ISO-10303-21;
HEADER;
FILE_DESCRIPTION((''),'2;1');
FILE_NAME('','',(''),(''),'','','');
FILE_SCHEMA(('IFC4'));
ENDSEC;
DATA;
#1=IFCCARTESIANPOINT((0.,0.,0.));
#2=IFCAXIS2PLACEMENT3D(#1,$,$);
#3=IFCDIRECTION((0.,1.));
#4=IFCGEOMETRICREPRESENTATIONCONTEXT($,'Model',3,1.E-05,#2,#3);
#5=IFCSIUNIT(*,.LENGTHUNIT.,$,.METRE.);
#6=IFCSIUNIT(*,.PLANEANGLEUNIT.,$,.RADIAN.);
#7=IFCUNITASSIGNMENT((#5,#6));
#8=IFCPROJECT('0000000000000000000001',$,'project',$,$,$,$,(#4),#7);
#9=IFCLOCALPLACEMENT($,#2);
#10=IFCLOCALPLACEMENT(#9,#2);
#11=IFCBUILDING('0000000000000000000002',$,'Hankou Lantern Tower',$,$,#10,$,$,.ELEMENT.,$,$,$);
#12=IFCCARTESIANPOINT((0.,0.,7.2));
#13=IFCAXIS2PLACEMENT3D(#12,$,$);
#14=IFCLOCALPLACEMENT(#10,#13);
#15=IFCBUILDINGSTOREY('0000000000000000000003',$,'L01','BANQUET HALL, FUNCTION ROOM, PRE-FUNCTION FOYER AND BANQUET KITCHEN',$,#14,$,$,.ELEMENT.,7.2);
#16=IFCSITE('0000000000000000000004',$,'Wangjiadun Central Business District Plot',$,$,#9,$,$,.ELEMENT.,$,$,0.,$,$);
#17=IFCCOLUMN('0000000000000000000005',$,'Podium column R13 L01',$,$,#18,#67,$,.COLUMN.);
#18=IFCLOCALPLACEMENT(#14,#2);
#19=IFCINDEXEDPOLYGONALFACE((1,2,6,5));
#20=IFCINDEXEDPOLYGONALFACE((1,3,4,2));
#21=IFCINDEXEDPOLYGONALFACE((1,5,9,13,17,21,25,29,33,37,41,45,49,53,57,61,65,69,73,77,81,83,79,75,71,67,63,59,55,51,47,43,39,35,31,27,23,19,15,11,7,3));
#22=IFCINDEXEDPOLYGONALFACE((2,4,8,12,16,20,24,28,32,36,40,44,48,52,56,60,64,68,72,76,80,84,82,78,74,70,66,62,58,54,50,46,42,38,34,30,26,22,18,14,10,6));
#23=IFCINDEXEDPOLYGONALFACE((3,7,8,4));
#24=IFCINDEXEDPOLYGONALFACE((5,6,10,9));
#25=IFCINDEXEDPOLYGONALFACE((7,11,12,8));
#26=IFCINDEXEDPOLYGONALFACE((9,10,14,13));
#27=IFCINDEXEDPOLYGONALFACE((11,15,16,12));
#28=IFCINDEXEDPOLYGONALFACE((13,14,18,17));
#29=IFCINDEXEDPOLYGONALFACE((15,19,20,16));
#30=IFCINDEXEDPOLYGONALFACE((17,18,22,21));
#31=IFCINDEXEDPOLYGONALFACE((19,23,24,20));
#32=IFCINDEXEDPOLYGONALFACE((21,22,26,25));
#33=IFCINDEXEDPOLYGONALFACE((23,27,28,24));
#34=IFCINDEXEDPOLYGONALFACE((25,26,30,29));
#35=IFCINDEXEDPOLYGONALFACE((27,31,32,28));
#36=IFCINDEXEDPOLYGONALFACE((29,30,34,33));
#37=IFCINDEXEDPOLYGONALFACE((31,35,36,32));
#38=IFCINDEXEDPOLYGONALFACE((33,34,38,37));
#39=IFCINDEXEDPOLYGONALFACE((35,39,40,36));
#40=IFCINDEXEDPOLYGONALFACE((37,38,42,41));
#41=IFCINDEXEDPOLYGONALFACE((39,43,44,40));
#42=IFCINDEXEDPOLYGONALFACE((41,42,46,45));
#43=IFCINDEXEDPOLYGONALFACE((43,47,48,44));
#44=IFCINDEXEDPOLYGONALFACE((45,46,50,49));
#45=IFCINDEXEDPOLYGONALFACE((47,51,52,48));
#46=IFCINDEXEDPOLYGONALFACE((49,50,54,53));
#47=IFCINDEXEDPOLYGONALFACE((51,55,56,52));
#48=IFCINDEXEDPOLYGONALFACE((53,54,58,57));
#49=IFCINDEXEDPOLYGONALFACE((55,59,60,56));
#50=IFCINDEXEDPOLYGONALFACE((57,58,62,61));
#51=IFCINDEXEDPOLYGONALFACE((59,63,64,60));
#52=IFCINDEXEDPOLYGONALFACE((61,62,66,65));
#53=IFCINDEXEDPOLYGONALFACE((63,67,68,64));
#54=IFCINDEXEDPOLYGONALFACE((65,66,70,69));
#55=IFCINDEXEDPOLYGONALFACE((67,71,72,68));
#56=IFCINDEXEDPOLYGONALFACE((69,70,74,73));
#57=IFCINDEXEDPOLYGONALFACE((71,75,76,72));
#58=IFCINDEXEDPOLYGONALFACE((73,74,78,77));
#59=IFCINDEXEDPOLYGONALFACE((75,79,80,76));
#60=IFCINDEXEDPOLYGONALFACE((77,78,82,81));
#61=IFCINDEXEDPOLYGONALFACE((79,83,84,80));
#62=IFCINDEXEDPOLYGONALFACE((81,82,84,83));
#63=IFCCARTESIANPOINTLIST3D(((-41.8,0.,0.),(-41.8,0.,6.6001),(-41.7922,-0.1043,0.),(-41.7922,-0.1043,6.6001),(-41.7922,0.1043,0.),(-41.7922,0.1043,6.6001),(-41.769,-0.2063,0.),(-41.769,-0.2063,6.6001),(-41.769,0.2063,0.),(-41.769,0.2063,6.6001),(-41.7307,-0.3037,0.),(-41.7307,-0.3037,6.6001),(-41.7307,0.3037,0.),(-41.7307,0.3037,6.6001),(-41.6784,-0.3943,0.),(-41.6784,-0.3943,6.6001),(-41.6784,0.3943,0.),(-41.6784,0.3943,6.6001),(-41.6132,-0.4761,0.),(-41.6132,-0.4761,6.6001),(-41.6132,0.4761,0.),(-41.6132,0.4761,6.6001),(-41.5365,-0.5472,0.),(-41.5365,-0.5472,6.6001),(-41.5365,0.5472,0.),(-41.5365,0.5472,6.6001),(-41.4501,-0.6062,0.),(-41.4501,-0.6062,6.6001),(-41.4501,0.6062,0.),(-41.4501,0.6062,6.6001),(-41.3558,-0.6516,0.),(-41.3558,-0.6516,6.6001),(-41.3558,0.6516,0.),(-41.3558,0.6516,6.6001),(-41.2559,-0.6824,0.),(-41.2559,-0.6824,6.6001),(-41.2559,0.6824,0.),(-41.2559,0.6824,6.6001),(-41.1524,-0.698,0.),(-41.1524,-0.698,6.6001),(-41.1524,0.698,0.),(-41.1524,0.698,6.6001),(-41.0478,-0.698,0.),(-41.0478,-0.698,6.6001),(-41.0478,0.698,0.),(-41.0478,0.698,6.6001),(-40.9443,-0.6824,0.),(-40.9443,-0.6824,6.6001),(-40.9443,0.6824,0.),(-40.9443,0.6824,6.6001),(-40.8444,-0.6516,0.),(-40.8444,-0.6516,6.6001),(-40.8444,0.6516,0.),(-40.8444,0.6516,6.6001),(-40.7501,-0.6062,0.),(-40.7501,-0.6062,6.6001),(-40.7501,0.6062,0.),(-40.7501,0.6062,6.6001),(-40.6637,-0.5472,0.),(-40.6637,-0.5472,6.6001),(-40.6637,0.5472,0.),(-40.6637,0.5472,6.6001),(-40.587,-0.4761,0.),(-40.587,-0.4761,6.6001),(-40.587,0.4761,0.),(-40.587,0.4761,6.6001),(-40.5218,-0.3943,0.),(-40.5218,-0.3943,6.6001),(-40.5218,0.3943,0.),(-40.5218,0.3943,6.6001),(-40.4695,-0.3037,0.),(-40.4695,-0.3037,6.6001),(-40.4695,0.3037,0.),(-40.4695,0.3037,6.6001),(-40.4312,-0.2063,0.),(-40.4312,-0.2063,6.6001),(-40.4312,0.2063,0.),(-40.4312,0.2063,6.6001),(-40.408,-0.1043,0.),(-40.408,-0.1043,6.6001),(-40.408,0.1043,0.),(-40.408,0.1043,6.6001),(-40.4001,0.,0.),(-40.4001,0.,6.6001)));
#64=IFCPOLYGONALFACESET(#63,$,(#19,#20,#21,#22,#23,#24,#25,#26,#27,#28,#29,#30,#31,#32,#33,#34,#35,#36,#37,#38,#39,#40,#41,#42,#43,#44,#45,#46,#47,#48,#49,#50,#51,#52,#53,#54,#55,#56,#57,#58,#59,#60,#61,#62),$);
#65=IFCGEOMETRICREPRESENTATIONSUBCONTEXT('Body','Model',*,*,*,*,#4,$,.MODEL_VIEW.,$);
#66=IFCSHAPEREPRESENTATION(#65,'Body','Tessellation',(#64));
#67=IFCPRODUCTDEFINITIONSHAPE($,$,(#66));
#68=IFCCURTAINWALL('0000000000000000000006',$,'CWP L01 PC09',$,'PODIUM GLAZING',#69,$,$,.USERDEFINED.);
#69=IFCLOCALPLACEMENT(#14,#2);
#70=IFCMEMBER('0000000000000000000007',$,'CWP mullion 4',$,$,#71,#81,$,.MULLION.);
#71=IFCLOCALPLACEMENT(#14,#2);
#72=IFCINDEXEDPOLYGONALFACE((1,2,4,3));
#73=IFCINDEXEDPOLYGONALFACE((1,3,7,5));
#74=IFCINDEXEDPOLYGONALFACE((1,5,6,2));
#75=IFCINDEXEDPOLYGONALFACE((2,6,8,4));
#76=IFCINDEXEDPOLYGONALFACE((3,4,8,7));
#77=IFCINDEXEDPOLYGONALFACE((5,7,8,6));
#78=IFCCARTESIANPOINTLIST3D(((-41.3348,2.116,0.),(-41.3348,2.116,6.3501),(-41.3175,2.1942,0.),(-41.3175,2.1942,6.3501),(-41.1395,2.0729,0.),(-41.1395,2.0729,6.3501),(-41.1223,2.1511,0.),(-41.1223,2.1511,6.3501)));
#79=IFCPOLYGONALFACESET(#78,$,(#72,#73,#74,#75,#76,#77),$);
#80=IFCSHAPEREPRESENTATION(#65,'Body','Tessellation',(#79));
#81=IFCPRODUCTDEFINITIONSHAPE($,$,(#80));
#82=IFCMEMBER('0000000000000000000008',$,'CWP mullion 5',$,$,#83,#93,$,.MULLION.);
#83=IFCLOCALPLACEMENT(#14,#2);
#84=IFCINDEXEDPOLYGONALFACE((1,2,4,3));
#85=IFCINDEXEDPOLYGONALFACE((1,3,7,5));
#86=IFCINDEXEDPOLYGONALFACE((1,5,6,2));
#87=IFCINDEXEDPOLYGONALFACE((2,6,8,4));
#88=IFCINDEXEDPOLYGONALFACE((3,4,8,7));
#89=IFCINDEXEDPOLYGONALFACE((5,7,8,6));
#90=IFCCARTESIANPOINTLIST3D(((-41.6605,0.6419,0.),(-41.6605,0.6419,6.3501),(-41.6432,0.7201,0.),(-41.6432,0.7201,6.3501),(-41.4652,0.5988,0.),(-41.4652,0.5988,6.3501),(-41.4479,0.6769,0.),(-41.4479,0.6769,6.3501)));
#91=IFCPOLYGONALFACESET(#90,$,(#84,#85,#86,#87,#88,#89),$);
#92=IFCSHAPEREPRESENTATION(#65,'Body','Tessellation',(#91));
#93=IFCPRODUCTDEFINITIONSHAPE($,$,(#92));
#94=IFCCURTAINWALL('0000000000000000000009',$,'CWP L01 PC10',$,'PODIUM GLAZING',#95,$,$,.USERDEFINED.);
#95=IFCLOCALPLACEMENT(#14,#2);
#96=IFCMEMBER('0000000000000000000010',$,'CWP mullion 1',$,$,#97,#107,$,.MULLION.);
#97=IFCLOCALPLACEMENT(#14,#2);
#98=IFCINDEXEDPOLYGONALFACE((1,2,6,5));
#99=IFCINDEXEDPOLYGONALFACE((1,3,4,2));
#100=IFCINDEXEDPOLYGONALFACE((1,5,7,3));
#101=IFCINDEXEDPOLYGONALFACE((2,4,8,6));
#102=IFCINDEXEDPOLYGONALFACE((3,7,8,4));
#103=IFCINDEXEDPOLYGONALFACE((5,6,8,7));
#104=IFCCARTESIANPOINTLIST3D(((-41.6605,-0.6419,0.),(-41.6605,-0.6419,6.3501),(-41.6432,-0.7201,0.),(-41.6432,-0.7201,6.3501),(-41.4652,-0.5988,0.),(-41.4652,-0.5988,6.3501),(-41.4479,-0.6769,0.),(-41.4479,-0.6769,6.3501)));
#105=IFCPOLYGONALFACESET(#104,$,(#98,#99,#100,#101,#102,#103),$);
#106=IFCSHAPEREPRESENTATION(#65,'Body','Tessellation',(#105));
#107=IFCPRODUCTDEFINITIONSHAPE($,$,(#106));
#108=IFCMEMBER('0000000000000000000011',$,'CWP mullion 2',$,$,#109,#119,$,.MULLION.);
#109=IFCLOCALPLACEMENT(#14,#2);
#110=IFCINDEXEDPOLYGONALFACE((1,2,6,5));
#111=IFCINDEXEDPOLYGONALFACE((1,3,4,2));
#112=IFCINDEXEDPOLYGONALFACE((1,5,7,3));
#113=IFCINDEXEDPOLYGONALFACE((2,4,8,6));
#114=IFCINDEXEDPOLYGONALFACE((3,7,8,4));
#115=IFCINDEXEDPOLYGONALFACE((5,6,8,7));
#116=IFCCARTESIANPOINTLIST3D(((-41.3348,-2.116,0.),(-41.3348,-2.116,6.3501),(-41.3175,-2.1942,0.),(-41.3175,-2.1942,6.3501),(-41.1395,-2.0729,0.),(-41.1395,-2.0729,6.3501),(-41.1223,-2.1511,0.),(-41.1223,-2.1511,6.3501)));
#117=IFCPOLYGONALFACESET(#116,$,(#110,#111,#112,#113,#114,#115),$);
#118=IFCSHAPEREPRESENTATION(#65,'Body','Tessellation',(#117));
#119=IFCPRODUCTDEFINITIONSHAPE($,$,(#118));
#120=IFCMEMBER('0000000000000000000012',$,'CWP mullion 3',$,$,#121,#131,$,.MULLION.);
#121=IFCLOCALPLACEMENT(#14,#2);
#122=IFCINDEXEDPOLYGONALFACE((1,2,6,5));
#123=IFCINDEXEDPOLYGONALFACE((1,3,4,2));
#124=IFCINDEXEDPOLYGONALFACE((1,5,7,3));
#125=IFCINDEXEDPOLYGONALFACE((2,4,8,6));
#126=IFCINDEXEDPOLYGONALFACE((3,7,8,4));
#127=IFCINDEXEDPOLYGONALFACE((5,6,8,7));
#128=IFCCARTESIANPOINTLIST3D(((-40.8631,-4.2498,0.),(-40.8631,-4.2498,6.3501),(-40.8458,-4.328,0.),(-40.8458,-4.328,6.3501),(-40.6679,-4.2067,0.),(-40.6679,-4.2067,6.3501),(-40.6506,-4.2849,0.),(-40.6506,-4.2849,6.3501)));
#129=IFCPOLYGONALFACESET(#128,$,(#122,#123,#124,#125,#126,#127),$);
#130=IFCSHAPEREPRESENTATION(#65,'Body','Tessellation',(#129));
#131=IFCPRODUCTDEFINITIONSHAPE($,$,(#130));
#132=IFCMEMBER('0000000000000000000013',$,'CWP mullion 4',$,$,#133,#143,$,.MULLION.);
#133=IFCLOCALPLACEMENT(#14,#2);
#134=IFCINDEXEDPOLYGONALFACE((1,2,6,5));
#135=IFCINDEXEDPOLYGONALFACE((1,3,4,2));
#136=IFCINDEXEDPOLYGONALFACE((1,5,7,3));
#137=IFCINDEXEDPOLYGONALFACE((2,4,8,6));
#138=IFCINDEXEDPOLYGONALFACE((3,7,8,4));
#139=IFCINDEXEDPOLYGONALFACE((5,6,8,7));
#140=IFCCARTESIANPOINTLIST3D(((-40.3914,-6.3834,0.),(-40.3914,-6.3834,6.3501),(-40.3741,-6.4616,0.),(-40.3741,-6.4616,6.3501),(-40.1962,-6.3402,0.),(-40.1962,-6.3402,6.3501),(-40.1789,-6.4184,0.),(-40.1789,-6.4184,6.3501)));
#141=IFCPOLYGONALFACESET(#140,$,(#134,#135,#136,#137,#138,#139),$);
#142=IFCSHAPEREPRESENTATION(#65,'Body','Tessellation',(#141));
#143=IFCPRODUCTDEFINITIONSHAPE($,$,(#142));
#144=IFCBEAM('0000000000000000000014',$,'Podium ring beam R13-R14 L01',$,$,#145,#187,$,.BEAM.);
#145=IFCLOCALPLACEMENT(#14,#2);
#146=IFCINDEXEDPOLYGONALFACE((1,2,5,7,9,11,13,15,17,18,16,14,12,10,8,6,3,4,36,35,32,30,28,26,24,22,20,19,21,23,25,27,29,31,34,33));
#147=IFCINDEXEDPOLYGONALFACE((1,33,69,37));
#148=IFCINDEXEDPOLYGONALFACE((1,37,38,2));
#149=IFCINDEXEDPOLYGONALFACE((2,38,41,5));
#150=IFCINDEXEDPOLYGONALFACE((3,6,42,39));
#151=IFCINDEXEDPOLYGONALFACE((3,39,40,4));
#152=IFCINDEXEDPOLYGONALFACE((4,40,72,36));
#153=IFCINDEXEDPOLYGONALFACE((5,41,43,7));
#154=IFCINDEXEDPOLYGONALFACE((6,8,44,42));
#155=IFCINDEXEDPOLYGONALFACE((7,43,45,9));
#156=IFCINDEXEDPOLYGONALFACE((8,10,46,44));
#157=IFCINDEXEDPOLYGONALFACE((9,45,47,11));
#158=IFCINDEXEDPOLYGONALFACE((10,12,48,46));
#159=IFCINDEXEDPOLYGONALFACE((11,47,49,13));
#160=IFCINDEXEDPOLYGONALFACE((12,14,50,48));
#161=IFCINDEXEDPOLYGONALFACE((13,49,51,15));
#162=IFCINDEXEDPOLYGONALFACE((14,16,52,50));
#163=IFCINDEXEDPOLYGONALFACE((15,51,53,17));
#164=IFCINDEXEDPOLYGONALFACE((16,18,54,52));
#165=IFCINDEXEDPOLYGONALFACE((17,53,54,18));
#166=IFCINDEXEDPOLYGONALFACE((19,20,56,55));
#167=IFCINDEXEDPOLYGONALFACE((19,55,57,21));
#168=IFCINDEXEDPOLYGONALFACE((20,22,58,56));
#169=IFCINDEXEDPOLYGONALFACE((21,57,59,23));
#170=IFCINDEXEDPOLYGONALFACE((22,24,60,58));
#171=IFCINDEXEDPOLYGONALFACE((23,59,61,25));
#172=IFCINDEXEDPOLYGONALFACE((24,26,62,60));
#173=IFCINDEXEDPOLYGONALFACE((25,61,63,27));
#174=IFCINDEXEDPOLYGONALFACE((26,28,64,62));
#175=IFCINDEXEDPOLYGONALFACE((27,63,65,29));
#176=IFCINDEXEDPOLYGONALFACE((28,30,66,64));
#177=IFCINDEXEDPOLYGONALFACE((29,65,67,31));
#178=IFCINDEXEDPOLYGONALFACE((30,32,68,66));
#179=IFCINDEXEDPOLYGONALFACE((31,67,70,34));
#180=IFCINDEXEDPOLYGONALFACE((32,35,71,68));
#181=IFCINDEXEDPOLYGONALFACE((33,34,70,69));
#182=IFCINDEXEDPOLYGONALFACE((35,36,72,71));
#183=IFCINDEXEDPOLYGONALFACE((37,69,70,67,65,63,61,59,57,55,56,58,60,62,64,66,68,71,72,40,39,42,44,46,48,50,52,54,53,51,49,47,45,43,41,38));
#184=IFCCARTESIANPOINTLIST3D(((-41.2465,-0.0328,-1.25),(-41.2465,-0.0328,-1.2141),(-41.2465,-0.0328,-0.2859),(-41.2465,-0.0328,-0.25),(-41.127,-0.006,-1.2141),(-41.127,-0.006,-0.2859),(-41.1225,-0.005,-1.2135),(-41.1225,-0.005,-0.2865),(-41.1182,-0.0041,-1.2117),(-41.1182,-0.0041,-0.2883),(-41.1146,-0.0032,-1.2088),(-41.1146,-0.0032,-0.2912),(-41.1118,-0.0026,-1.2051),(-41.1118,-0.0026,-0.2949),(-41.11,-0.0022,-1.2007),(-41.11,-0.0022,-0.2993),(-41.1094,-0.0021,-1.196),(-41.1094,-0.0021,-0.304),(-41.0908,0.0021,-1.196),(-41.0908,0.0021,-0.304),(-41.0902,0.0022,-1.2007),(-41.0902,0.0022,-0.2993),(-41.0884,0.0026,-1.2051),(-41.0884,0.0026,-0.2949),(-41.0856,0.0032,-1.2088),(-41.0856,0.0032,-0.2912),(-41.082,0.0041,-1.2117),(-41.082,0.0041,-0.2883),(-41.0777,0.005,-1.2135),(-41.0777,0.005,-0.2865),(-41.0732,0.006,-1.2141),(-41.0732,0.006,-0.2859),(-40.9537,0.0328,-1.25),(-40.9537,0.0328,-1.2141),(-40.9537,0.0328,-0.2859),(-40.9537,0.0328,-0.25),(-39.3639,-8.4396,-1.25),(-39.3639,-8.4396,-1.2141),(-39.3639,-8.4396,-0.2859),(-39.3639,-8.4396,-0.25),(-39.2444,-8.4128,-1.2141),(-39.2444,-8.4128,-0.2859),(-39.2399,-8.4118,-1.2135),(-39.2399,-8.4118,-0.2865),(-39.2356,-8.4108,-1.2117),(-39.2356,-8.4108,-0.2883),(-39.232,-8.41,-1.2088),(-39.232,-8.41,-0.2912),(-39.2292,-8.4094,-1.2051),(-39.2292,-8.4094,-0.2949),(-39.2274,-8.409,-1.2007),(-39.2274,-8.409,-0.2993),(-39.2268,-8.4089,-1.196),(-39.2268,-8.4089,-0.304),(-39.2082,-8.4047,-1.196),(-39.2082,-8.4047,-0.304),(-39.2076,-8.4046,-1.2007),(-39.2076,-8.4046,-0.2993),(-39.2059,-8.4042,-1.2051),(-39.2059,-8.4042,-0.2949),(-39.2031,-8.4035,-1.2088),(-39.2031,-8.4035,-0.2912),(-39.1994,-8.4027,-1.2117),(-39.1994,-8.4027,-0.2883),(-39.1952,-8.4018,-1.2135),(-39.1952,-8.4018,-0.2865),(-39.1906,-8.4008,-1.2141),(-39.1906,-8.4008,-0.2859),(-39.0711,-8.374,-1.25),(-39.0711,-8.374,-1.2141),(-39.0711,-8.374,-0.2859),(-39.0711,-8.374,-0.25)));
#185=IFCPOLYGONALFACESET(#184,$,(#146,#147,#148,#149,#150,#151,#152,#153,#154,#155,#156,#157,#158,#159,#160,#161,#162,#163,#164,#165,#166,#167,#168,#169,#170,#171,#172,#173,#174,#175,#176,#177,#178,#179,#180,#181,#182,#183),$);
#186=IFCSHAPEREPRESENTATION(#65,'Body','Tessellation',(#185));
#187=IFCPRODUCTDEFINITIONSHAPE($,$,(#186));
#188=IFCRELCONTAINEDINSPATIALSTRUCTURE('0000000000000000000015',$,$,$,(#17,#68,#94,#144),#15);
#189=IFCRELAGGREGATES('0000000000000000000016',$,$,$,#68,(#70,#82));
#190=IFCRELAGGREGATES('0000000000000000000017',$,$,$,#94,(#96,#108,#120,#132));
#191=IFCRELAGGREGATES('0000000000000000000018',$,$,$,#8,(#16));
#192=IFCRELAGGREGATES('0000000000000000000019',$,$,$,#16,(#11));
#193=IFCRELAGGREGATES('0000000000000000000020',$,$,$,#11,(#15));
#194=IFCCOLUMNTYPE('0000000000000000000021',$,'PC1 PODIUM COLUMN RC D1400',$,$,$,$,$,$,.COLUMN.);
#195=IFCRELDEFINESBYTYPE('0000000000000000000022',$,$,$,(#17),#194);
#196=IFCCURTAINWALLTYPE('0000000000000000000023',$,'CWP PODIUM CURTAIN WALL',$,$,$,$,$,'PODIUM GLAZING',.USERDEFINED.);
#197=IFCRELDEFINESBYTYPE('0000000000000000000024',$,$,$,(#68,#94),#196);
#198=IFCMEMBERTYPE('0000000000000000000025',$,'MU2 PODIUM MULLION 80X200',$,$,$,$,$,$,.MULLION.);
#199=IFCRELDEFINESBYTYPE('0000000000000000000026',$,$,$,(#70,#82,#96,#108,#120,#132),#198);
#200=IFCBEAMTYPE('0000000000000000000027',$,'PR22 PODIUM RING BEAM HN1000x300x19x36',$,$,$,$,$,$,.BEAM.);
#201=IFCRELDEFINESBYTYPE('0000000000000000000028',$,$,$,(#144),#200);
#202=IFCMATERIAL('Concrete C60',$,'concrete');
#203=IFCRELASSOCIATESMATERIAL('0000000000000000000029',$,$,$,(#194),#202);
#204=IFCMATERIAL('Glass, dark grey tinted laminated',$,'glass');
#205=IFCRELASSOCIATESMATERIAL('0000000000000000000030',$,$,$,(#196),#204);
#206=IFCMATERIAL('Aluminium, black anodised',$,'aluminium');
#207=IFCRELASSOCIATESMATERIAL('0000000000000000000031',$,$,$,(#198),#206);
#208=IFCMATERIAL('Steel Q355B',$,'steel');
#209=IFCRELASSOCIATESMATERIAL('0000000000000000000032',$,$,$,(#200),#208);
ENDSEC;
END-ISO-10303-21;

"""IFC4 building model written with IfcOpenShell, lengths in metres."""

from ifc_helpers import new_model, si_unit, direction, frame, origin, origin_2d, place, context, subcontext, project, spatial, rectangle, circle, i_section, extrude, material, material_profile, profile_set, type_object, element, aggregate, save


model = new_model("IFC4")

# Units and contexts
model_context = context("Model", 3, precision=1e-05, world=origin(), true_north=direction((0.0, 1.0)))
body_context = subcontext(model_context, "Body", "Model", "MODEL_VIEW")
ifc_project = project(units=[si_unit("LENGTHUNIT", "METRE"), si_unit("PLANEANGLEUNIT", "RADIAN")], contexts=[model_context])

# Site, building, storey
site_placement = place(None, origin())
site = spatial("IfcSite", under=ifc_project, at=site_placement, Name="Wangjiadun Central Business District Plot", CompositionType="ELEMENT", RefElevation=0.0)
building_placement = place(site_placement, origin())
building = spatial("IfcBuilding", under=site, at=building_placement, Name="Hankou Lantern Tower", CompositionType="ELEMENT")
storey_placement = place(building_placement, frame((0.0, 0.0, 7.2)))
storey = spatial("IfcBuildingStorey", under=building, at=storey_placement, Name="L01", Description="BANQUET HALL, FUNCTION ROOM, PRE-FUNCTION FOYER AND BANQUET KITCHEN", CompositionType="ELEMENT", Elevation=7.2)

# Column
ifc_material_1 = material(Name="Concrete C60", Category="concrete")
ifc_material_profile_1 = material_profile(ifc_material_1, circle(Radius=0.7, at=origin_2d()), Name="RC D1400")
ifc_profile_set_1 = profile_set([ifc_material_profile_1], Name="Concrete C60")
column_type = type_object("IfcColumnType", Name="PC1 PODIUM COLUMN RC D1400", PredefinedType="COLUMN", material=ifc_profile_set_1)
column_placement = place(storey_placement, frame((-41.1001, 0.0, 0.0), z_axis=(0.0, 0.0, 1.0), x_axis=(1.0, 0.0, 0.0)))
element("IfcColumn", 1, at=column_placement, inside=storey, type_object=column_type, Name="Podium column R13 L01", PredefinedType="COLUMN", context=body_context, shape_type="SweptSolid", body=[
    extrude(circle(Radius=0.7, at=origin_2d()), origin(), (0.0, 0.0, 1.0), 6.6001),
])

# Curtain walls, members
ifc_material_2 = material(Name="Glass, dark grey tinted laminated", Category="glass")
curtain_wall_type = type_object("IfcCurtainWallType", Name="CWP PODIUM CURTAIN WALL", ElementType="PODIUM GLAZING", PredefinedType="USERDEFINED", material=ifc_material_2)
curtain_wall_1_placement = place(storey_placement, origin())
curtain_wall_1 = element("IfcCurtainWall", 2, at=curtain_wall_1_placement, inside=storey, type_object=curtain_wall_type, Name="CWP L01 PC09", ObjectType="PODIUM GLAZING", PredefinedType="USERDEFINED")
ifc_material_3 = material(Name="Aluminium, black anodised", Category="aluminium")
ifc_material_profile_2 = material_profile(ifc_material_3, rectangle(XDim=0.0801, YDim=0.2, at=origin_2d()), Name="MU2 80X200")
ifc_profile_set_2 = profile_set([ifc_material_profile_2], Name="Aluminium, black anodised")
member_type_1 = type_object("IfcMemberType", Name="MU2 PODIUM MULLION 80X200", PredefinedType="MULLION", material=ifc_profile_set_2)
member_1_placement = place(storey_placement, frame((-41.2285, 2.1335, 0.0), z_axis=(0.0, 0.0, 1.0), x_axis=(-0.215821, -0.976433, 0.0)))
member_1 = element("IfcMember", 3, at=member_1_placement, type_object=member_type_1, Name="CWP mullion 4", PredefinedType="MULLION", context=body_context, shape_type="SweptSolid", body=[
    extrude(rectangle(XDim=0.0801, YDim=0.2, at=origin_2d()), origin(), (0.0, 0.0, 1.0), 6.3501),
])
member_2_placement = place(storey_placement, frame((-41.5542, 0.6594, 0.0), z_axis=(0.0, 0.0, 1.0), x_axis=(-0.215821, -0.976433, 0.0)))
member_2 = element("IfcMember", 4, at=member_2_placement, type_object=member_type_1, Name="CWP mullion 5", PredefinedType="MULLION", context=body_context, shape_type="SweptSolid", body=[
    extrude(rectangle(XDim=0.0801, YDim=0.2, at=origin_2d()), origin(), (0.0, 0.0, 1.0), 6.3501),
])
curtain_wall_2_placement = place(storey_placement, origin())
curtain_wall_2 = element("IfcCurtainWall", 5, at=curtain_wall_2_placement, inside=storey, type_object=curtain_wall_type, Name="CWP L01 PC10", ObjectType="PODIUM GLAZING", PredefinedType="USERDEFINED")
member_3_placement = place(storey_placement, frame((-41.5542, -0.6594, 0.0), z_axis=(0.0, 0.0, 1.0), x_axis=(0.215821, -0.976433, 0.0)))
member_3 = element("IfcMember", 6, at=member_3_placement, type_object=member_type_1, Name="CWP mullion 1", PredefinedType="MULLION", context=body_context, shape_type="SweptSolid", body=[
    extrude(rectangle(XDim=0.0801, YDim=0.2, at=origin_2d()), origin(), (0.0, 0.0, 1.0), 6.3501),
])
member_4_placement = place(storey_placement, frame((-41.2285, -2.1335, 0.0), z_axis=(0.0, 0.0, 1.0), x_axis=(0.215821, -0.976433, 0.0)))
member_4 = element("IfcMember", 7, at=member_4_placement, type_object=member_type_1, Name="CWP mullion 2", PredefinedType="MULLION", context=body_context, shape_type="SweptSolid", body=[
    extrude(rectangle(XDim=0.0801, YDim=0.2, at=origin_2d()), origin(), (0.0, 0.0, 1.0), 6.3501),
])
member_5_placement = place(storey_placement, frame((-40.7568, -4.2673, 0.0), z_axis=(0.0, 0.0, 1.0), x_axis=(0.215821, -0.976433, 0.0)))
member_5 = element("IfcMember", 8, at=member_5_placement, type_object=member_type_1, Name="CWP mullion 3", PredefinedType="MULLION", context=body_context, shape_type="SweptSolid", body=[
    extrude(rectangle(XDim=0.0801, YDim=0.2, at=origin_2d()), origin(), (0.0, 0.0, 1.0), 6.3501),
])
member_6_placement = place(storey_placement, frame((-40.2852, -6.4009, 0.0), z_axis=(0.0, 0.0, 1.0), x_axis=(0.215821, -0.976433, 0.0)))
member_6 = element("IfcMember", 9, at=member_6_placement, type_object=member_type_1, Name="CWP mullion 4", PredefinedType="MULLION", context=body_context, shape_type="SweptSolid", body=[
    extrude(rectangle(XDim=0.0801, YDim=0.2, at=origin_2d()), origin(), (0.0, 0.0, 1.0), 6.3501),
])

# Beam
ifc_material_4 = material(Name="Steel Q355B", Category="steel")
ifc_material_profile_3 = material_profile(ifc_material_4, i_section(OverallWidth=0.3, OverallDepth=1.0, WebThickness=0.019, FlangeThickness=0.0359, FilletRadius=0.0181, at=origin_2d()), Name="HN1000x300x19x36")
ifc_profile_set_3 = profile_set([ifc_material_profile_3], Name="Steel Q355B")
beam_type_1 = type_object("IfcBeamType", Name="PR22 PODIUM RING BEAM HN1000x300x19x36", PredefinedType="BEAM", material=ifc_profile_set_3)
beam_1_placement = place(storey_placement, frame((-41.1001, 0.0, -0.75), z_axis=(0.218523, -0.975832, 0.0), x_axis=(0.975832, 0.218523, 0.0)))
element("IfcBeam", 10, at=beam_1_placement, inside=storey, type_object=beam_type_1, Name="Podium ring beam R13-R14 L01", PredefinedType="BEAM", context=body_context, shape_type="SweptSolid", body=[
    extrude(i_section(OverallWidth=0.3, OverallDepth=1.0, WebThickness=0.019, FlangeThickness=0.0359, FilletRadius=0.0181, at=origin_2d()), origin(), (0.0, 0.0, 1.0), 8.615),
])

aggregate(curtain_wall_1, [member_1, member_2])
aggregate(curtain_wall_2, [member_3, member_4, member_5, member_6])

save(model, "model.ifc")
